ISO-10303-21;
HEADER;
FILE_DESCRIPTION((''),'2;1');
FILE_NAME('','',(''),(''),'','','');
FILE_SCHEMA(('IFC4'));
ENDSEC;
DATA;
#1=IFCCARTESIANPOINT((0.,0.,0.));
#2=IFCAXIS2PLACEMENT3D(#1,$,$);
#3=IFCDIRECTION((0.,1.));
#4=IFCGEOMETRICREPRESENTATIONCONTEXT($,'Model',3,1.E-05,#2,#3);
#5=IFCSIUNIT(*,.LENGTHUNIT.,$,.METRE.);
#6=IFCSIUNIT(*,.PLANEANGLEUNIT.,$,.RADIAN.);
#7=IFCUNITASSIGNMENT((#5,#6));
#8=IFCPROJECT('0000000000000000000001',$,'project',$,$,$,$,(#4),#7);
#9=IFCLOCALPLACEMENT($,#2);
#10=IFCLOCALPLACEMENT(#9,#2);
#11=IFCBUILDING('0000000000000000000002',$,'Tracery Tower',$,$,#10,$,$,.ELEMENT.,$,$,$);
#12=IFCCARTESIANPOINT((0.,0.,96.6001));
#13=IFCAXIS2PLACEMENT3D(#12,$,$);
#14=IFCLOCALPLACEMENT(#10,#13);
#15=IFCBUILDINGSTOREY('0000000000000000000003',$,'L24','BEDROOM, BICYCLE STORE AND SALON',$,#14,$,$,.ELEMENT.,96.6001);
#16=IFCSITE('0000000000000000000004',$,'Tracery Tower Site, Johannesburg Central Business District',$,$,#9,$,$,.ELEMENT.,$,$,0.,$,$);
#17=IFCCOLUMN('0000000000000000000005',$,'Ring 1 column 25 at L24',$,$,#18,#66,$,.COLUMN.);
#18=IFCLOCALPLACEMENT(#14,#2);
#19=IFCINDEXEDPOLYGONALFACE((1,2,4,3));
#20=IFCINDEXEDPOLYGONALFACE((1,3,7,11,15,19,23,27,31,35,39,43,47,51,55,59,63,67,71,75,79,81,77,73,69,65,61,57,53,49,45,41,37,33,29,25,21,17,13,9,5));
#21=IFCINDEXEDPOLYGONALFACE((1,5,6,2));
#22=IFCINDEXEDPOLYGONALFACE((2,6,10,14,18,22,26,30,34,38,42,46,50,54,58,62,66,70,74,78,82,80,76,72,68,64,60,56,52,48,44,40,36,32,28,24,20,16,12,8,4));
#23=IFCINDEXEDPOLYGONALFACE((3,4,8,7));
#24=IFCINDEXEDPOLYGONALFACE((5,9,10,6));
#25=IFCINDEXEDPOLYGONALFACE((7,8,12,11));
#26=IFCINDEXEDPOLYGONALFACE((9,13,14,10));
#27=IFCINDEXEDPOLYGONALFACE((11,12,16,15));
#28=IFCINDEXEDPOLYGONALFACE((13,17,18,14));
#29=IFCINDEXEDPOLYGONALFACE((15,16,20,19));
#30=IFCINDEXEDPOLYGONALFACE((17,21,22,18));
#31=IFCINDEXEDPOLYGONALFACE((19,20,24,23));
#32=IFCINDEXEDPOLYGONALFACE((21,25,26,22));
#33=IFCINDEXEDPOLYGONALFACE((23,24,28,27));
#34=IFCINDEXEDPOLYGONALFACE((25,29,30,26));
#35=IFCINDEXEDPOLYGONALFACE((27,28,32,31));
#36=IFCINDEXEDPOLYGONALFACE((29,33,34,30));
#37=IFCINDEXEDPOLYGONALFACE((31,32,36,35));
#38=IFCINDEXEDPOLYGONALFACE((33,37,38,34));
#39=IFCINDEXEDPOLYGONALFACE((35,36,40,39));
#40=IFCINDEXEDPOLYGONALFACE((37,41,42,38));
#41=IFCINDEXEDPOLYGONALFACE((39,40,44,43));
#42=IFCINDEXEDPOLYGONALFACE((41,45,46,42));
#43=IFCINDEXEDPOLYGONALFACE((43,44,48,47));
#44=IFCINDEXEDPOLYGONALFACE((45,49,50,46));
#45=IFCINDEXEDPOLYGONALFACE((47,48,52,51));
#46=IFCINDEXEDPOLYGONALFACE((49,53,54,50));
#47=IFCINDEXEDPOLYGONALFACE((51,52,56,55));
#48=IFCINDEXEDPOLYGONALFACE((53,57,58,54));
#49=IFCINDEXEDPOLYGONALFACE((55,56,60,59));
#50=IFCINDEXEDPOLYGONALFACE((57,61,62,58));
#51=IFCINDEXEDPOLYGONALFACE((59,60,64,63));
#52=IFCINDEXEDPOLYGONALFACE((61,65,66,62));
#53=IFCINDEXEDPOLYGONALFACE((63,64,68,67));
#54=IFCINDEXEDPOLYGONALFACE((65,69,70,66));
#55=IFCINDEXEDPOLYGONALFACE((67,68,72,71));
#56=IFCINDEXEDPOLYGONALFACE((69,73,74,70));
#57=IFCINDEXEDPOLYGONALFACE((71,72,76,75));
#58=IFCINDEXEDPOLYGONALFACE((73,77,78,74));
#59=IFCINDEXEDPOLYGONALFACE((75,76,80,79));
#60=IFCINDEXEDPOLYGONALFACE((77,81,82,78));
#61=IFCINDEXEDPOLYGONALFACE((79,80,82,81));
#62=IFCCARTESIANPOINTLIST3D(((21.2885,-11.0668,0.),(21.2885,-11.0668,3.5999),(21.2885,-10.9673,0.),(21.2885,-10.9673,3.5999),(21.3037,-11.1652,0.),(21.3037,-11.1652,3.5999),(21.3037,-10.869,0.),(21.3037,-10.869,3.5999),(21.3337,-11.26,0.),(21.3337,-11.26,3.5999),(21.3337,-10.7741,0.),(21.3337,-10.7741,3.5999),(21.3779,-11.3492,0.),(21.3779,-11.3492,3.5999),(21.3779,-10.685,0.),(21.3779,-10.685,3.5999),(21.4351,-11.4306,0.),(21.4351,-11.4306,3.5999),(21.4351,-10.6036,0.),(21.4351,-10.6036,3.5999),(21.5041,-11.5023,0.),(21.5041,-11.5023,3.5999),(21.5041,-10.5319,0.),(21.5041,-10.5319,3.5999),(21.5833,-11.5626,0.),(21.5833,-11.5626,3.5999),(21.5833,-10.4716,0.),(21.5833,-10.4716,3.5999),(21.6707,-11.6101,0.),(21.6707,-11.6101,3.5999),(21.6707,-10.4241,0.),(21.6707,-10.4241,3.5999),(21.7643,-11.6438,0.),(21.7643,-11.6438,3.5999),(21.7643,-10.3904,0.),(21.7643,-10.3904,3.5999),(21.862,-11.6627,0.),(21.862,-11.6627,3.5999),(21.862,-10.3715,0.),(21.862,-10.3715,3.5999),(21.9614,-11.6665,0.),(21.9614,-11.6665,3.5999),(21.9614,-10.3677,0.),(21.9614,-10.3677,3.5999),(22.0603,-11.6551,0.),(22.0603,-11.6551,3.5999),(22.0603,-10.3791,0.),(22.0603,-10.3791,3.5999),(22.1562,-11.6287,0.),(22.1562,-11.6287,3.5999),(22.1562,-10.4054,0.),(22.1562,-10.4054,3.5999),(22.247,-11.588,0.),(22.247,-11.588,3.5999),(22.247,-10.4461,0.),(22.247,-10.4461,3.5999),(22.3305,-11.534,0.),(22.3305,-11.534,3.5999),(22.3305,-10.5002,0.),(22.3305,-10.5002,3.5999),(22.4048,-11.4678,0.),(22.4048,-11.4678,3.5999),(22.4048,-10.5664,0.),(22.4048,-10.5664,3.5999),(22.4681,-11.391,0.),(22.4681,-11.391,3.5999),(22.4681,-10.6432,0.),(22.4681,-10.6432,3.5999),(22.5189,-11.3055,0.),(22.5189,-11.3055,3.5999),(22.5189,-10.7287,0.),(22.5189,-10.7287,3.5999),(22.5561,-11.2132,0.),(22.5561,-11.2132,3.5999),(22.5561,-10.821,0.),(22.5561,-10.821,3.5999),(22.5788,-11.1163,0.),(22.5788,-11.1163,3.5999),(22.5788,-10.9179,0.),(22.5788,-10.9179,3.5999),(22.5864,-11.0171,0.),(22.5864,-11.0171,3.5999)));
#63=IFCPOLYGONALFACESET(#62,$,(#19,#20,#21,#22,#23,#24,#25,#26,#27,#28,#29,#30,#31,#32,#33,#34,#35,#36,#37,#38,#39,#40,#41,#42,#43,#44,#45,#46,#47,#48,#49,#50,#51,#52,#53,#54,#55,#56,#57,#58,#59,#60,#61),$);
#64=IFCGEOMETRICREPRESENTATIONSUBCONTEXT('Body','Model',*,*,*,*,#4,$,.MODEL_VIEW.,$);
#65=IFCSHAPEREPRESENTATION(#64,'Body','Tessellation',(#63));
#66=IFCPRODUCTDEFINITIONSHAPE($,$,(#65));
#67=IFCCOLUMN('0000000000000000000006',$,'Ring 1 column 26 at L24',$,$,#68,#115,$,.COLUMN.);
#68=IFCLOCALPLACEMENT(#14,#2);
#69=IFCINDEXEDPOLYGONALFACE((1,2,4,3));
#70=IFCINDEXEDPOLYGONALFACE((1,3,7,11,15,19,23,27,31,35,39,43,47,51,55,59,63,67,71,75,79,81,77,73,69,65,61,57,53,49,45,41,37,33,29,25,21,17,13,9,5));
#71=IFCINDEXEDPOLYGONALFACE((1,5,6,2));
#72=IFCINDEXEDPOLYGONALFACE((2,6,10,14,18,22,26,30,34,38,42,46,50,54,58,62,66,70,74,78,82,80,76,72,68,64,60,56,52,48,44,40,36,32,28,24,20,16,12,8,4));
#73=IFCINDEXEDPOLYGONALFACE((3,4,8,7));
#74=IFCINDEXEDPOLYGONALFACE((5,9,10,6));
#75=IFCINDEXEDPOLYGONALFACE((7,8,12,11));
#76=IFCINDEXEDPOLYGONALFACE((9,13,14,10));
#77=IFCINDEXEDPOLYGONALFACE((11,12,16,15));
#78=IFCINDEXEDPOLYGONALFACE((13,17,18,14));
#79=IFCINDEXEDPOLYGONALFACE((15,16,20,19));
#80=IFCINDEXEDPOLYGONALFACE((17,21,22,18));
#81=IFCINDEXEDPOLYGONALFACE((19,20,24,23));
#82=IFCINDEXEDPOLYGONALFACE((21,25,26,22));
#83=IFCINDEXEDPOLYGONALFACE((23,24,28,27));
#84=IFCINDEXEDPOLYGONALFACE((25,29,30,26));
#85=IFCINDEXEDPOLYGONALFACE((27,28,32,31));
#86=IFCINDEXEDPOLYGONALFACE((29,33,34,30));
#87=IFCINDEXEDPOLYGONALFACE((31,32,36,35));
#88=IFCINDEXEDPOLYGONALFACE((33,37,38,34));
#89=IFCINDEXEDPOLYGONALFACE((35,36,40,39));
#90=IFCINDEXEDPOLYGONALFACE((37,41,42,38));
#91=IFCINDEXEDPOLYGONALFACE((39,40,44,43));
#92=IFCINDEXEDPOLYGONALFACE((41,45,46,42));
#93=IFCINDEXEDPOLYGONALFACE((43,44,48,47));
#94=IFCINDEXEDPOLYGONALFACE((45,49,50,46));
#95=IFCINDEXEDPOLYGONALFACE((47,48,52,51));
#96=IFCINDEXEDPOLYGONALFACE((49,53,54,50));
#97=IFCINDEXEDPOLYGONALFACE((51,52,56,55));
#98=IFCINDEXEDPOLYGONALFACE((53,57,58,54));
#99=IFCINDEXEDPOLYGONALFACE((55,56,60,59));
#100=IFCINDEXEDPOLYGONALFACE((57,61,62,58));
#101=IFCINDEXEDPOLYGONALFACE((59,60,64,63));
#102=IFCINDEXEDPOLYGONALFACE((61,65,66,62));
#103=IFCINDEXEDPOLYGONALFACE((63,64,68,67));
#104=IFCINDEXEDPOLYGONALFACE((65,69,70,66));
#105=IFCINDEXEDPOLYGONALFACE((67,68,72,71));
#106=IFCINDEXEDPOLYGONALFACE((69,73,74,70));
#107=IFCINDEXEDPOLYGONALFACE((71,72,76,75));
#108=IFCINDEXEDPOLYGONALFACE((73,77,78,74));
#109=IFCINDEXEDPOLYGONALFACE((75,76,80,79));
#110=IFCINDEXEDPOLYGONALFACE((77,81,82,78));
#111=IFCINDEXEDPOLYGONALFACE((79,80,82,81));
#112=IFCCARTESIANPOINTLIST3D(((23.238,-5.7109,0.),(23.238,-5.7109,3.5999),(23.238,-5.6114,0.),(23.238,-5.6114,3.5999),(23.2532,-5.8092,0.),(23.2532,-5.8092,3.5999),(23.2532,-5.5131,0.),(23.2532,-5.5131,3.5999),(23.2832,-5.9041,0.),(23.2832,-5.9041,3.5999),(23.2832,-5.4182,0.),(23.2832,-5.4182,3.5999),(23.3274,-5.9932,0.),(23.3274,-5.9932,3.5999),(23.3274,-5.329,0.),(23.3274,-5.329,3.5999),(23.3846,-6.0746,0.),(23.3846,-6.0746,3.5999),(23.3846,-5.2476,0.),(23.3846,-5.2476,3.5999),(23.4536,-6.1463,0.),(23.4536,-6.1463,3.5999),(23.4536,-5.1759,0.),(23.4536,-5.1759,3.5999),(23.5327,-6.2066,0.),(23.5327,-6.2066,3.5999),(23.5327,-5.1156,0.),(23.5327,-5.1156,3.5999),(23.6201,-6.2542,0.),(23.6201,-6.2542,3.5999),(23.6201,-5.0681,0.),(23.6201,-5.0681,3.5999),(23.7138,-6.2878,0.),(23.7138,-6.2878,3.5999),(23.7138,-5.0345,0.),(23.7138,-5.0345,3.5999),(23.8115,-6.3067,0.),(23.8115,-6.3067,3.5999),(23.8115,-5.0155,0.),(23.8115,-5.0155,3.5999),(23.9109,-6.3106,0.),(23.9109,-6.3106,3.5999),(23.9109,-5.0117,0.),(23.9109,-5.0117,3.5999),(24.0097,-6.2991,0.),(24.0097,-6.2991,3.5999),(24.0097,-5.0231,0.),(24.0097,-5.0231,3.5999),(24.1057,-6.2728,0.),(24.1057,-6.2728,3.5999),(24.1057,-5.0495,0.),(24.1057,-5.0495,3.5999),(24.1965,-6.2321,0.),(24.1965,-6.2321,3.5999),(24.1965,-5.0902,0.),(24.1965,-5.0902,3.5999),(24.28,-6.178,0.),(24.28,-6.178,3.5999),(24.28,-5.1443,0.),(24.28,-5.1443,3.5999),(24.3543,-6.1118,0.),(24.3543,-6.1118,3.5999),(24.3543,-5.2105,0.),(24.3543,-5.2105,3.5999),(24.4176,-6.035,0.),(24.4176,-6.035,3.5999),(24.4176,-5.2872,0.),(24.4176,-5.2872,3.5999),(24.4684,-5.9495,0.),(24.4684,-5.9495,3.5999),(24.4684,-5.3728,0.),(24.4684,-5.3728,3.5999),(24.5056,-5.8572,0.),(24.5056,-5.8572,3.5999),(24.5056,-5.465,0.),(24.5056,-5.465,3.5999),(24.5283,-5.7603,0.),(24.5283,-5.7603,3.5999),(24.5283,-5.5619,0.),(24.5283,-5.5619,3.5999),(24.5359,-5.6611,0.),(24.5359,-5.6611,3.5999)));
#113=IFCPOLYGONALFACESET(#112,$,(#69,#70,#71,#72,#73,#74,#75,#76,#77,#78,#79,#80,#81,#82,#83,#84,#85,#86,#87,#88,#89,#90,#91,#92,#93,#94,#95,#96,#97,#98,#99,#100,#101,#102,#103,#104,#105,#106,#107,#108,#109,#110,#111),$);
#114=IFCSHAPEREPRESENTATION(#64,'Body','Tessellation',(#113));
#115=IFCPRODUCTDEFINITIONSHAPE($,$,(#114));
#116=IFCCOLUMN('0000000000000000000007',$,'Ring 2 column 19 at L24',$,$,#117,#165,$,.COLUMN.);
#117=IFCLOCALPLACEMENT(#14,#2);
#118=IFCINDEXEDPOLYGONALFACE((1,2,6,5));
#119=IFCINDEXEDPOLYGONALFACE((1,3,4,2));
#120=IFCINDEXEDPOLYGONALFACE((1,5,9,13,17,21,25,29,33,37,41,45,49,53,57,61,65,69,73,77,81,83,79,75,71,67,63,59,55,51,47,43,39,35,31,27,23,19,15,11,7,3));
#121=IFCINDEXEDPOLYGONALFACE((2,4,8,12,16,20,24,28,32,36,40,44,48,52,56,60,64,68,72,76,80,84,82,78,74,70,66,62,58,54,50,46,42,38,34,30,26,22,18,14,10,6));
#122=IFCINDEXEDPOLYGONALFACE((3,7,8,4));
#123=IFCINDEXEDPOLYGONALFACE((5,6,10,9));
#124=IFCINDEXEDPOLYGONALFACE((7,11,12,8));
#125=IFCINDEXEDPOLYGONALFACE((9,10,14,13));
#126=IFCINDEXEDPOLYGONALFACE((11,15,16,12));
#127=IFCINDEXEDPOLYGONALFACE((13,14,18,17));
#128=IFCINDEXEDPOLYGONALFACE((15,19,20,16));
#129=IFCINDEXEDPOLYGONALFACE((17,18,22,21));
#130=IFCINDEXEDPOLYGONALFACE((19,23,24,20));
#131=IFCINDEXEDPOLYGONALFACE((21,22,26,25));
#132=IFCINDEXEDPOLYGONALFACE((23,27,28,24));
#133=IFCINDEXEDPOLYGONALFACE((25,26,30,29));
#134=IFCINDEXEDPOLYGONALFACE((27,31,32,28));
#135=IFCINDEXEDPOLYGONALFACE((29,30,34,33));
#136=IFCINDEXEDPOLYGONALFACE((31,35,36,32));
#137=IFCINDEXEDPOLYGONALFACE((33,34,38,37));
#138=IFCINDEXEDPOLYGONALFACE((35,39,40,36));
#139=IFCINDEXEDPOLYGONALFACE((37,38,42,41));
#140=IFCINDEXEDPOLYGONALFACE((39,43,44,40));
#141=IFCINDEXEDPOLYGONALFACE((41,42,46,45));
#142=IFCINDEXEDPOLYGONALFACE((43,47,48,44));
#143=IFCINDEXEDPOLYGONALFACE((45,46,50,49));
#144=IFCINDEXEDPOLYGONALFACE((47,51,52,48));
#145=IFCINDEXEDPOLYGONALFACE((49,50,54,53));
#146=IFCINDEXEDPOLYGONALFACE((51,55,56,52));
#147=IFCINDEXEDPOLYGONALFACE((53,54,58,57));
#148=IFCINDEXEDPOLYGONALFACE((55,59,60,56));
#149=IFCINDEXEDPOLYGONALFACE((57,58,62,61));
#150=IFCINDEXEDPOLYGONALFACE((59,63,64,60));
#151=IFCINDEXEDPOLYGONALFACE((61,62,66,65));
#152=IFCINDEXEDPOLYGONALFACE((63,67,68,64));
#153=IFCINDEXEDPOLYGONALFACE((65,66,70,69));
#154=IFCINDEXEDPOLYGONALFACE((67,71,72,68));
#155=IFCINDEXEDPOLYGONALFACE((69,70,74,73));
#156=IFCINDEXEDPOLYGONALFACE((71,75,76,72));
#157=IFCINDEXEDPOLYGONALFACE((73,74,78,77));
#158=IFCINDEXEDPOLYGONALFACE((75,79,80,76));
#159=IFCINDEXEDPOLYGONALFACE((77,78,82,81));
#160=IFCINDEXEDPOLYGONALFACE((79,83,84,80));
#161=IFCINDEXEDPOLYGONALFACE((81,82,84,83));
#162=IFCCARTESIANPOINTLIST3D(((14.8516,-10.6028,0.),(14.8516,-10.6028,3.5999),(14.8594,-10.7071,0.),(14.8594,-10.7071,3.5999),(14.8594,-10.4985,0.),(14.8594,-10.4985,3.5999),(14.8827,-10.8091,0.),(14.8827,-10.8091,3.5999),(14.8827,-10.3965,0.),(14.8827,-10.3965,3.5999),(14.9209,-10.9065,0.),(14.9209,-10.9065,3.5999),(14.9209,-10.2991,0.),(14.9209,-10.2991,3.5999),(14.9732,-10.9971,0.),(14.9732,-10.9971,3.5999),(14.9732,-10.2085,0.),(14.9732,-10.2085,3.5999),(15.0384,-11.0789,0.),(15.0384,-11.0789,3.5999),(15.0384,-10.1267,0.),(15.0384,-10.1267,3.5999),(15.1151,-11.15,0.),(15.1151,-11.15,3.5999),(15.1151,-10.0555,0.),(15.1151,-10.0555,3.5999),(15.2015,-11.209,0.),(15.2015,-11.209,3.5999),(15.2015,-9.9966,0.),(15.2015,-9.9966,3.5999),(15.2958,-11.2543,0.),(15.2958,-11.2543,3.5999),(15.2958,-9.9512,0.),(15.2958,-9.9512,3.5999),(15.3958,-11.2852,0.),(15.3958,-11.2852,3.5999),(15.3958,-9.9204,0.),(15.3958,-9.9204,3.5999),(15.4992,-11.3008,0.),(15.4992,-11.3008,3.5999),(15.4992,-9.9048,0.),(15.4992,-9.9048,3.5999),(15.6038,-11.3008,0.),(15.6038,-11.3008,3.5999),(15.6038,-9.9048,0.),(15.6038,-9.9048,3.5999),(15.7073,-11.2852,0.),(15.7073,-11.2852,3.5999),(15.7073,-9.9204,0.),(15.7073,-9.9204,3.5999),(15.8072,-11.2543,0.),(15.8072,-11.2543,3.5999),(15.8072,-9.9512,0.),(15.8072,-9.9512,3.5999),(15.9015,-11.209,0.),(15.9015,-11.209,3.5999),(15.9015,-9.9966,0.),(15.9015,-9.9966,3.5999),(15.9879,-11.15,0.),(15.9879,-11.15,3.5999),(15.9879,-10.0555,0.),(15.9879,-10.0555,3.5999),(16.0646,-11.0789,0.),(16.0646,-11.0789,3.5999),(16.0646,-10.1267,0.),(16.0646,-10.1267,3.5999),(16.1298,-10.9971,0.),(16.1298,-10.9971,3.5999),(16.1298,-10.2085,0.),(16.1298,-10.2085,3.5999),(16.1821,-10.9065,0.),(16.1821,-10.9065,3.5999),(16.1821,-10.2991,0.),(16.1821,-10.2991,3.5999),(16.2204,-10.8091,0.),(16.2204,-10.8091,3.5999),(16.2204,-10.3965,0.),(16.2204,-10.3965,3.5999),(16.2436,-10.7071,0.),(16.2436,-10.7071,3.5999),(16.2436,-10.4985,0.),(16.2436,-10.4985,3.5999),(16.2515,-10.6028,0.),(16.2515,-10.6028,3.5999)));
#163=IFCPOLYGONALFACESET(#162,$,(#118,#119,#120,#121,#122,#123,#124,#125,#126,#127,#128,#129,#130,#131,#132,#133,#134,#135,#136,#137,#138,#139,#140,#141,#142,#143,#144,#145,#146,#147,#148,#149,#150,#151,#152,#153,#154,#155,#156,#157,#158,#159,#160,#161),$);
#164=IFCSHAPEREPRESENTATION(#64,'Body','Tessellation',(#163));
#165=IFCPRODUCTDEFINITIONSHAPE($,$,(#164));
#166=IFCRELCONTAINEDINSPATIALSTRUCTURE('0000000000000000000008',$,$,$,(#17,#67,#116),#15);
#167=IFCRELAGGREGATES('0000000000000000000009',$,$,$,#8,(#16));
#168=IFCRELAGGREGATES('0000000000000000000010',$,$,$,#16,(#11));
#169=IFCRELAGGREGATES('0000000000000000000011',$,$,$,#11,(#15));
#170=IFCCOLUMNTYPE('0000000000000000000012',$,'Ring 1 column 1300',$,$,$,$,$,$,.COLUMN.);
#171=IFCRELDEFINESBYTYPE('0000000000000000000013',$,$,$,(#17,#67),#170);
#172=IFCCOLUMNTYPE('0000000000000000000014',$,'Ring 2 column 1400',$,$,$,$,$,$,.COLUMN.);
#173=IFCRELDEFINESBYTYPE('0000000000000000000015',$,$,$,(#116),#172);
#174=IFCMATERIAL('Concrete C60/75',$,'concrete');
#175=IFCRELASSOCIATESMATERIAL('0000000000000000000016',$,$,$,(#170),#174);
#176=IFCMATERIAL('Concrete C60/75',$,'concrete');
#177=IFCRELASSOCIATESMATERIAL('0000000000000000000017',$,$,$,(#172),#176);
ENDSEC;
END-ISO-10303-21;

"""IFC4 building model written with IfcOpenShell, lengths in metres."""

from ifc_helpers import new_model, si_unit, direction, frame, origin, origin_2d, place, context, subcontext, project, spatial, circle, extrude, material, material_profile, profile_set, type_object, element, save


model = new_model("IFC4")

# Units and contexts
model_context = context("Model", 3, precision=1e-05, world=origin(), true_north=direction((0.0, 1.0)))
body_context = subcontext(model_context, "Body", "Model", "MODEL_VIEW")
ifc_project = project(units=[si_unit("LENGTHUNIT", "METRE"), si_unit("PLANEANGLEUNIT", "RADIAN")], contexts=[model_context])

# Site, building, storey
site_placement = place(None, origin())
site = spatial("IfcSite", under=ifc_project, at=site_placement, Name="Tracery Tower Site, Johannesburg Central Business District", CompositionType="ELEMENT", RefElevation=0.0)
building_placement = place(site_placement, origin())
building = spatial("IfcBuilding", under=site, at=building_placement, Name="Tracery Tower", CompositionType="ELEMENT")
storey_placement = place(building_placement, frame((0.0, 0.0, 96.6001)))
storey = spatial("IfcBuildingStorey", under=building, at=storey_placement, Name="L24", Description="BEDROOM, BICYCLE STORE AND SALON", CompositionType="ELEMENT", Elevation=96.6001)

# Columns
ifc_material_1 = material(Name="Concrete C60/75", Category="concrete")
ifc_material_profile_1 = material_profile(ifc_material_1, circle(Radius=0.6499, at=origin_2d()), Name="RC D1300")
ifc_profile_set_1 = profile_set([ifc_material_profile_1], Name="Concrete C60/75")
column_type_1 = type_object("IfcColumnType", Name="Ring 1 column 1300", PredefinedType="COLUMN", material=ifc_profile_set_1)
for number, where, z_axis, x_axis, name in (
    (1, (21.9365, -11.0171, 0.0), (0.0, 0.0, 1.0), (1.0, 0.0, 0.0), "Ring 1 column 25 at L24"),
    (2, (23.886, -5.6611, 0.0), (0.0, 0.0, 1.0), (1.0, 0.0, 0.0), "Ring 1 column 26 at L24"),
):
    element("IfcColumn", number, at=place(storey_placement, frame(where, z_axis=z_axis, x_axis=x_axis)), inside=storey, type_object=column_type_1, Name=name, PredefinedType="COLUMN", context=body_context, shape_type="SweptSolid", body=[
        extrude(circle(Radius=0.6499, at=origin_2d()), origin(), (0.0, 0.0, 1.0), 3.5999),
    ])
ifc_material_2 = material(Name="Concrete C60/75", Category="concrete")
ifc_material_profile_2 = material_profile(ifc_material_2, circle(Radius=0.7, at=origin_2d()), Name="RC D1400")
ifc_profile_set_2 = profile_set([ifc_material_profile_2], Name="Concrete C60/75")
column_type_2 = type_object("IfcColumnType", Name="Ring 2 column 1400", PredefinedType="COLUMN", material=ifc_profile_set_2)
for number, where, z_axis, x_axis, name in (
    (3, (15.5515, -10.6028, 0.0), (0.0, 0.0, 1.0), (1.0, 0.0, 0.0), "Ring 2 column 19 at L24"),
):
    element("IfcColumn", number, at=place(storey_placement, frame(where, z_axis=z_axis, x_axis=x_axis)), inside=storey, type_object=column_type_2, Name=name, PredefinedType="COLUMN", context=body_context, shape_type="SweptSolid", body=[
        extrude(circle(Radius=0.7, at=origin_2d()), origin(), (0.0, 0.0, 1.0), 3.5999),
    ])

save(model, "model.ifc")
